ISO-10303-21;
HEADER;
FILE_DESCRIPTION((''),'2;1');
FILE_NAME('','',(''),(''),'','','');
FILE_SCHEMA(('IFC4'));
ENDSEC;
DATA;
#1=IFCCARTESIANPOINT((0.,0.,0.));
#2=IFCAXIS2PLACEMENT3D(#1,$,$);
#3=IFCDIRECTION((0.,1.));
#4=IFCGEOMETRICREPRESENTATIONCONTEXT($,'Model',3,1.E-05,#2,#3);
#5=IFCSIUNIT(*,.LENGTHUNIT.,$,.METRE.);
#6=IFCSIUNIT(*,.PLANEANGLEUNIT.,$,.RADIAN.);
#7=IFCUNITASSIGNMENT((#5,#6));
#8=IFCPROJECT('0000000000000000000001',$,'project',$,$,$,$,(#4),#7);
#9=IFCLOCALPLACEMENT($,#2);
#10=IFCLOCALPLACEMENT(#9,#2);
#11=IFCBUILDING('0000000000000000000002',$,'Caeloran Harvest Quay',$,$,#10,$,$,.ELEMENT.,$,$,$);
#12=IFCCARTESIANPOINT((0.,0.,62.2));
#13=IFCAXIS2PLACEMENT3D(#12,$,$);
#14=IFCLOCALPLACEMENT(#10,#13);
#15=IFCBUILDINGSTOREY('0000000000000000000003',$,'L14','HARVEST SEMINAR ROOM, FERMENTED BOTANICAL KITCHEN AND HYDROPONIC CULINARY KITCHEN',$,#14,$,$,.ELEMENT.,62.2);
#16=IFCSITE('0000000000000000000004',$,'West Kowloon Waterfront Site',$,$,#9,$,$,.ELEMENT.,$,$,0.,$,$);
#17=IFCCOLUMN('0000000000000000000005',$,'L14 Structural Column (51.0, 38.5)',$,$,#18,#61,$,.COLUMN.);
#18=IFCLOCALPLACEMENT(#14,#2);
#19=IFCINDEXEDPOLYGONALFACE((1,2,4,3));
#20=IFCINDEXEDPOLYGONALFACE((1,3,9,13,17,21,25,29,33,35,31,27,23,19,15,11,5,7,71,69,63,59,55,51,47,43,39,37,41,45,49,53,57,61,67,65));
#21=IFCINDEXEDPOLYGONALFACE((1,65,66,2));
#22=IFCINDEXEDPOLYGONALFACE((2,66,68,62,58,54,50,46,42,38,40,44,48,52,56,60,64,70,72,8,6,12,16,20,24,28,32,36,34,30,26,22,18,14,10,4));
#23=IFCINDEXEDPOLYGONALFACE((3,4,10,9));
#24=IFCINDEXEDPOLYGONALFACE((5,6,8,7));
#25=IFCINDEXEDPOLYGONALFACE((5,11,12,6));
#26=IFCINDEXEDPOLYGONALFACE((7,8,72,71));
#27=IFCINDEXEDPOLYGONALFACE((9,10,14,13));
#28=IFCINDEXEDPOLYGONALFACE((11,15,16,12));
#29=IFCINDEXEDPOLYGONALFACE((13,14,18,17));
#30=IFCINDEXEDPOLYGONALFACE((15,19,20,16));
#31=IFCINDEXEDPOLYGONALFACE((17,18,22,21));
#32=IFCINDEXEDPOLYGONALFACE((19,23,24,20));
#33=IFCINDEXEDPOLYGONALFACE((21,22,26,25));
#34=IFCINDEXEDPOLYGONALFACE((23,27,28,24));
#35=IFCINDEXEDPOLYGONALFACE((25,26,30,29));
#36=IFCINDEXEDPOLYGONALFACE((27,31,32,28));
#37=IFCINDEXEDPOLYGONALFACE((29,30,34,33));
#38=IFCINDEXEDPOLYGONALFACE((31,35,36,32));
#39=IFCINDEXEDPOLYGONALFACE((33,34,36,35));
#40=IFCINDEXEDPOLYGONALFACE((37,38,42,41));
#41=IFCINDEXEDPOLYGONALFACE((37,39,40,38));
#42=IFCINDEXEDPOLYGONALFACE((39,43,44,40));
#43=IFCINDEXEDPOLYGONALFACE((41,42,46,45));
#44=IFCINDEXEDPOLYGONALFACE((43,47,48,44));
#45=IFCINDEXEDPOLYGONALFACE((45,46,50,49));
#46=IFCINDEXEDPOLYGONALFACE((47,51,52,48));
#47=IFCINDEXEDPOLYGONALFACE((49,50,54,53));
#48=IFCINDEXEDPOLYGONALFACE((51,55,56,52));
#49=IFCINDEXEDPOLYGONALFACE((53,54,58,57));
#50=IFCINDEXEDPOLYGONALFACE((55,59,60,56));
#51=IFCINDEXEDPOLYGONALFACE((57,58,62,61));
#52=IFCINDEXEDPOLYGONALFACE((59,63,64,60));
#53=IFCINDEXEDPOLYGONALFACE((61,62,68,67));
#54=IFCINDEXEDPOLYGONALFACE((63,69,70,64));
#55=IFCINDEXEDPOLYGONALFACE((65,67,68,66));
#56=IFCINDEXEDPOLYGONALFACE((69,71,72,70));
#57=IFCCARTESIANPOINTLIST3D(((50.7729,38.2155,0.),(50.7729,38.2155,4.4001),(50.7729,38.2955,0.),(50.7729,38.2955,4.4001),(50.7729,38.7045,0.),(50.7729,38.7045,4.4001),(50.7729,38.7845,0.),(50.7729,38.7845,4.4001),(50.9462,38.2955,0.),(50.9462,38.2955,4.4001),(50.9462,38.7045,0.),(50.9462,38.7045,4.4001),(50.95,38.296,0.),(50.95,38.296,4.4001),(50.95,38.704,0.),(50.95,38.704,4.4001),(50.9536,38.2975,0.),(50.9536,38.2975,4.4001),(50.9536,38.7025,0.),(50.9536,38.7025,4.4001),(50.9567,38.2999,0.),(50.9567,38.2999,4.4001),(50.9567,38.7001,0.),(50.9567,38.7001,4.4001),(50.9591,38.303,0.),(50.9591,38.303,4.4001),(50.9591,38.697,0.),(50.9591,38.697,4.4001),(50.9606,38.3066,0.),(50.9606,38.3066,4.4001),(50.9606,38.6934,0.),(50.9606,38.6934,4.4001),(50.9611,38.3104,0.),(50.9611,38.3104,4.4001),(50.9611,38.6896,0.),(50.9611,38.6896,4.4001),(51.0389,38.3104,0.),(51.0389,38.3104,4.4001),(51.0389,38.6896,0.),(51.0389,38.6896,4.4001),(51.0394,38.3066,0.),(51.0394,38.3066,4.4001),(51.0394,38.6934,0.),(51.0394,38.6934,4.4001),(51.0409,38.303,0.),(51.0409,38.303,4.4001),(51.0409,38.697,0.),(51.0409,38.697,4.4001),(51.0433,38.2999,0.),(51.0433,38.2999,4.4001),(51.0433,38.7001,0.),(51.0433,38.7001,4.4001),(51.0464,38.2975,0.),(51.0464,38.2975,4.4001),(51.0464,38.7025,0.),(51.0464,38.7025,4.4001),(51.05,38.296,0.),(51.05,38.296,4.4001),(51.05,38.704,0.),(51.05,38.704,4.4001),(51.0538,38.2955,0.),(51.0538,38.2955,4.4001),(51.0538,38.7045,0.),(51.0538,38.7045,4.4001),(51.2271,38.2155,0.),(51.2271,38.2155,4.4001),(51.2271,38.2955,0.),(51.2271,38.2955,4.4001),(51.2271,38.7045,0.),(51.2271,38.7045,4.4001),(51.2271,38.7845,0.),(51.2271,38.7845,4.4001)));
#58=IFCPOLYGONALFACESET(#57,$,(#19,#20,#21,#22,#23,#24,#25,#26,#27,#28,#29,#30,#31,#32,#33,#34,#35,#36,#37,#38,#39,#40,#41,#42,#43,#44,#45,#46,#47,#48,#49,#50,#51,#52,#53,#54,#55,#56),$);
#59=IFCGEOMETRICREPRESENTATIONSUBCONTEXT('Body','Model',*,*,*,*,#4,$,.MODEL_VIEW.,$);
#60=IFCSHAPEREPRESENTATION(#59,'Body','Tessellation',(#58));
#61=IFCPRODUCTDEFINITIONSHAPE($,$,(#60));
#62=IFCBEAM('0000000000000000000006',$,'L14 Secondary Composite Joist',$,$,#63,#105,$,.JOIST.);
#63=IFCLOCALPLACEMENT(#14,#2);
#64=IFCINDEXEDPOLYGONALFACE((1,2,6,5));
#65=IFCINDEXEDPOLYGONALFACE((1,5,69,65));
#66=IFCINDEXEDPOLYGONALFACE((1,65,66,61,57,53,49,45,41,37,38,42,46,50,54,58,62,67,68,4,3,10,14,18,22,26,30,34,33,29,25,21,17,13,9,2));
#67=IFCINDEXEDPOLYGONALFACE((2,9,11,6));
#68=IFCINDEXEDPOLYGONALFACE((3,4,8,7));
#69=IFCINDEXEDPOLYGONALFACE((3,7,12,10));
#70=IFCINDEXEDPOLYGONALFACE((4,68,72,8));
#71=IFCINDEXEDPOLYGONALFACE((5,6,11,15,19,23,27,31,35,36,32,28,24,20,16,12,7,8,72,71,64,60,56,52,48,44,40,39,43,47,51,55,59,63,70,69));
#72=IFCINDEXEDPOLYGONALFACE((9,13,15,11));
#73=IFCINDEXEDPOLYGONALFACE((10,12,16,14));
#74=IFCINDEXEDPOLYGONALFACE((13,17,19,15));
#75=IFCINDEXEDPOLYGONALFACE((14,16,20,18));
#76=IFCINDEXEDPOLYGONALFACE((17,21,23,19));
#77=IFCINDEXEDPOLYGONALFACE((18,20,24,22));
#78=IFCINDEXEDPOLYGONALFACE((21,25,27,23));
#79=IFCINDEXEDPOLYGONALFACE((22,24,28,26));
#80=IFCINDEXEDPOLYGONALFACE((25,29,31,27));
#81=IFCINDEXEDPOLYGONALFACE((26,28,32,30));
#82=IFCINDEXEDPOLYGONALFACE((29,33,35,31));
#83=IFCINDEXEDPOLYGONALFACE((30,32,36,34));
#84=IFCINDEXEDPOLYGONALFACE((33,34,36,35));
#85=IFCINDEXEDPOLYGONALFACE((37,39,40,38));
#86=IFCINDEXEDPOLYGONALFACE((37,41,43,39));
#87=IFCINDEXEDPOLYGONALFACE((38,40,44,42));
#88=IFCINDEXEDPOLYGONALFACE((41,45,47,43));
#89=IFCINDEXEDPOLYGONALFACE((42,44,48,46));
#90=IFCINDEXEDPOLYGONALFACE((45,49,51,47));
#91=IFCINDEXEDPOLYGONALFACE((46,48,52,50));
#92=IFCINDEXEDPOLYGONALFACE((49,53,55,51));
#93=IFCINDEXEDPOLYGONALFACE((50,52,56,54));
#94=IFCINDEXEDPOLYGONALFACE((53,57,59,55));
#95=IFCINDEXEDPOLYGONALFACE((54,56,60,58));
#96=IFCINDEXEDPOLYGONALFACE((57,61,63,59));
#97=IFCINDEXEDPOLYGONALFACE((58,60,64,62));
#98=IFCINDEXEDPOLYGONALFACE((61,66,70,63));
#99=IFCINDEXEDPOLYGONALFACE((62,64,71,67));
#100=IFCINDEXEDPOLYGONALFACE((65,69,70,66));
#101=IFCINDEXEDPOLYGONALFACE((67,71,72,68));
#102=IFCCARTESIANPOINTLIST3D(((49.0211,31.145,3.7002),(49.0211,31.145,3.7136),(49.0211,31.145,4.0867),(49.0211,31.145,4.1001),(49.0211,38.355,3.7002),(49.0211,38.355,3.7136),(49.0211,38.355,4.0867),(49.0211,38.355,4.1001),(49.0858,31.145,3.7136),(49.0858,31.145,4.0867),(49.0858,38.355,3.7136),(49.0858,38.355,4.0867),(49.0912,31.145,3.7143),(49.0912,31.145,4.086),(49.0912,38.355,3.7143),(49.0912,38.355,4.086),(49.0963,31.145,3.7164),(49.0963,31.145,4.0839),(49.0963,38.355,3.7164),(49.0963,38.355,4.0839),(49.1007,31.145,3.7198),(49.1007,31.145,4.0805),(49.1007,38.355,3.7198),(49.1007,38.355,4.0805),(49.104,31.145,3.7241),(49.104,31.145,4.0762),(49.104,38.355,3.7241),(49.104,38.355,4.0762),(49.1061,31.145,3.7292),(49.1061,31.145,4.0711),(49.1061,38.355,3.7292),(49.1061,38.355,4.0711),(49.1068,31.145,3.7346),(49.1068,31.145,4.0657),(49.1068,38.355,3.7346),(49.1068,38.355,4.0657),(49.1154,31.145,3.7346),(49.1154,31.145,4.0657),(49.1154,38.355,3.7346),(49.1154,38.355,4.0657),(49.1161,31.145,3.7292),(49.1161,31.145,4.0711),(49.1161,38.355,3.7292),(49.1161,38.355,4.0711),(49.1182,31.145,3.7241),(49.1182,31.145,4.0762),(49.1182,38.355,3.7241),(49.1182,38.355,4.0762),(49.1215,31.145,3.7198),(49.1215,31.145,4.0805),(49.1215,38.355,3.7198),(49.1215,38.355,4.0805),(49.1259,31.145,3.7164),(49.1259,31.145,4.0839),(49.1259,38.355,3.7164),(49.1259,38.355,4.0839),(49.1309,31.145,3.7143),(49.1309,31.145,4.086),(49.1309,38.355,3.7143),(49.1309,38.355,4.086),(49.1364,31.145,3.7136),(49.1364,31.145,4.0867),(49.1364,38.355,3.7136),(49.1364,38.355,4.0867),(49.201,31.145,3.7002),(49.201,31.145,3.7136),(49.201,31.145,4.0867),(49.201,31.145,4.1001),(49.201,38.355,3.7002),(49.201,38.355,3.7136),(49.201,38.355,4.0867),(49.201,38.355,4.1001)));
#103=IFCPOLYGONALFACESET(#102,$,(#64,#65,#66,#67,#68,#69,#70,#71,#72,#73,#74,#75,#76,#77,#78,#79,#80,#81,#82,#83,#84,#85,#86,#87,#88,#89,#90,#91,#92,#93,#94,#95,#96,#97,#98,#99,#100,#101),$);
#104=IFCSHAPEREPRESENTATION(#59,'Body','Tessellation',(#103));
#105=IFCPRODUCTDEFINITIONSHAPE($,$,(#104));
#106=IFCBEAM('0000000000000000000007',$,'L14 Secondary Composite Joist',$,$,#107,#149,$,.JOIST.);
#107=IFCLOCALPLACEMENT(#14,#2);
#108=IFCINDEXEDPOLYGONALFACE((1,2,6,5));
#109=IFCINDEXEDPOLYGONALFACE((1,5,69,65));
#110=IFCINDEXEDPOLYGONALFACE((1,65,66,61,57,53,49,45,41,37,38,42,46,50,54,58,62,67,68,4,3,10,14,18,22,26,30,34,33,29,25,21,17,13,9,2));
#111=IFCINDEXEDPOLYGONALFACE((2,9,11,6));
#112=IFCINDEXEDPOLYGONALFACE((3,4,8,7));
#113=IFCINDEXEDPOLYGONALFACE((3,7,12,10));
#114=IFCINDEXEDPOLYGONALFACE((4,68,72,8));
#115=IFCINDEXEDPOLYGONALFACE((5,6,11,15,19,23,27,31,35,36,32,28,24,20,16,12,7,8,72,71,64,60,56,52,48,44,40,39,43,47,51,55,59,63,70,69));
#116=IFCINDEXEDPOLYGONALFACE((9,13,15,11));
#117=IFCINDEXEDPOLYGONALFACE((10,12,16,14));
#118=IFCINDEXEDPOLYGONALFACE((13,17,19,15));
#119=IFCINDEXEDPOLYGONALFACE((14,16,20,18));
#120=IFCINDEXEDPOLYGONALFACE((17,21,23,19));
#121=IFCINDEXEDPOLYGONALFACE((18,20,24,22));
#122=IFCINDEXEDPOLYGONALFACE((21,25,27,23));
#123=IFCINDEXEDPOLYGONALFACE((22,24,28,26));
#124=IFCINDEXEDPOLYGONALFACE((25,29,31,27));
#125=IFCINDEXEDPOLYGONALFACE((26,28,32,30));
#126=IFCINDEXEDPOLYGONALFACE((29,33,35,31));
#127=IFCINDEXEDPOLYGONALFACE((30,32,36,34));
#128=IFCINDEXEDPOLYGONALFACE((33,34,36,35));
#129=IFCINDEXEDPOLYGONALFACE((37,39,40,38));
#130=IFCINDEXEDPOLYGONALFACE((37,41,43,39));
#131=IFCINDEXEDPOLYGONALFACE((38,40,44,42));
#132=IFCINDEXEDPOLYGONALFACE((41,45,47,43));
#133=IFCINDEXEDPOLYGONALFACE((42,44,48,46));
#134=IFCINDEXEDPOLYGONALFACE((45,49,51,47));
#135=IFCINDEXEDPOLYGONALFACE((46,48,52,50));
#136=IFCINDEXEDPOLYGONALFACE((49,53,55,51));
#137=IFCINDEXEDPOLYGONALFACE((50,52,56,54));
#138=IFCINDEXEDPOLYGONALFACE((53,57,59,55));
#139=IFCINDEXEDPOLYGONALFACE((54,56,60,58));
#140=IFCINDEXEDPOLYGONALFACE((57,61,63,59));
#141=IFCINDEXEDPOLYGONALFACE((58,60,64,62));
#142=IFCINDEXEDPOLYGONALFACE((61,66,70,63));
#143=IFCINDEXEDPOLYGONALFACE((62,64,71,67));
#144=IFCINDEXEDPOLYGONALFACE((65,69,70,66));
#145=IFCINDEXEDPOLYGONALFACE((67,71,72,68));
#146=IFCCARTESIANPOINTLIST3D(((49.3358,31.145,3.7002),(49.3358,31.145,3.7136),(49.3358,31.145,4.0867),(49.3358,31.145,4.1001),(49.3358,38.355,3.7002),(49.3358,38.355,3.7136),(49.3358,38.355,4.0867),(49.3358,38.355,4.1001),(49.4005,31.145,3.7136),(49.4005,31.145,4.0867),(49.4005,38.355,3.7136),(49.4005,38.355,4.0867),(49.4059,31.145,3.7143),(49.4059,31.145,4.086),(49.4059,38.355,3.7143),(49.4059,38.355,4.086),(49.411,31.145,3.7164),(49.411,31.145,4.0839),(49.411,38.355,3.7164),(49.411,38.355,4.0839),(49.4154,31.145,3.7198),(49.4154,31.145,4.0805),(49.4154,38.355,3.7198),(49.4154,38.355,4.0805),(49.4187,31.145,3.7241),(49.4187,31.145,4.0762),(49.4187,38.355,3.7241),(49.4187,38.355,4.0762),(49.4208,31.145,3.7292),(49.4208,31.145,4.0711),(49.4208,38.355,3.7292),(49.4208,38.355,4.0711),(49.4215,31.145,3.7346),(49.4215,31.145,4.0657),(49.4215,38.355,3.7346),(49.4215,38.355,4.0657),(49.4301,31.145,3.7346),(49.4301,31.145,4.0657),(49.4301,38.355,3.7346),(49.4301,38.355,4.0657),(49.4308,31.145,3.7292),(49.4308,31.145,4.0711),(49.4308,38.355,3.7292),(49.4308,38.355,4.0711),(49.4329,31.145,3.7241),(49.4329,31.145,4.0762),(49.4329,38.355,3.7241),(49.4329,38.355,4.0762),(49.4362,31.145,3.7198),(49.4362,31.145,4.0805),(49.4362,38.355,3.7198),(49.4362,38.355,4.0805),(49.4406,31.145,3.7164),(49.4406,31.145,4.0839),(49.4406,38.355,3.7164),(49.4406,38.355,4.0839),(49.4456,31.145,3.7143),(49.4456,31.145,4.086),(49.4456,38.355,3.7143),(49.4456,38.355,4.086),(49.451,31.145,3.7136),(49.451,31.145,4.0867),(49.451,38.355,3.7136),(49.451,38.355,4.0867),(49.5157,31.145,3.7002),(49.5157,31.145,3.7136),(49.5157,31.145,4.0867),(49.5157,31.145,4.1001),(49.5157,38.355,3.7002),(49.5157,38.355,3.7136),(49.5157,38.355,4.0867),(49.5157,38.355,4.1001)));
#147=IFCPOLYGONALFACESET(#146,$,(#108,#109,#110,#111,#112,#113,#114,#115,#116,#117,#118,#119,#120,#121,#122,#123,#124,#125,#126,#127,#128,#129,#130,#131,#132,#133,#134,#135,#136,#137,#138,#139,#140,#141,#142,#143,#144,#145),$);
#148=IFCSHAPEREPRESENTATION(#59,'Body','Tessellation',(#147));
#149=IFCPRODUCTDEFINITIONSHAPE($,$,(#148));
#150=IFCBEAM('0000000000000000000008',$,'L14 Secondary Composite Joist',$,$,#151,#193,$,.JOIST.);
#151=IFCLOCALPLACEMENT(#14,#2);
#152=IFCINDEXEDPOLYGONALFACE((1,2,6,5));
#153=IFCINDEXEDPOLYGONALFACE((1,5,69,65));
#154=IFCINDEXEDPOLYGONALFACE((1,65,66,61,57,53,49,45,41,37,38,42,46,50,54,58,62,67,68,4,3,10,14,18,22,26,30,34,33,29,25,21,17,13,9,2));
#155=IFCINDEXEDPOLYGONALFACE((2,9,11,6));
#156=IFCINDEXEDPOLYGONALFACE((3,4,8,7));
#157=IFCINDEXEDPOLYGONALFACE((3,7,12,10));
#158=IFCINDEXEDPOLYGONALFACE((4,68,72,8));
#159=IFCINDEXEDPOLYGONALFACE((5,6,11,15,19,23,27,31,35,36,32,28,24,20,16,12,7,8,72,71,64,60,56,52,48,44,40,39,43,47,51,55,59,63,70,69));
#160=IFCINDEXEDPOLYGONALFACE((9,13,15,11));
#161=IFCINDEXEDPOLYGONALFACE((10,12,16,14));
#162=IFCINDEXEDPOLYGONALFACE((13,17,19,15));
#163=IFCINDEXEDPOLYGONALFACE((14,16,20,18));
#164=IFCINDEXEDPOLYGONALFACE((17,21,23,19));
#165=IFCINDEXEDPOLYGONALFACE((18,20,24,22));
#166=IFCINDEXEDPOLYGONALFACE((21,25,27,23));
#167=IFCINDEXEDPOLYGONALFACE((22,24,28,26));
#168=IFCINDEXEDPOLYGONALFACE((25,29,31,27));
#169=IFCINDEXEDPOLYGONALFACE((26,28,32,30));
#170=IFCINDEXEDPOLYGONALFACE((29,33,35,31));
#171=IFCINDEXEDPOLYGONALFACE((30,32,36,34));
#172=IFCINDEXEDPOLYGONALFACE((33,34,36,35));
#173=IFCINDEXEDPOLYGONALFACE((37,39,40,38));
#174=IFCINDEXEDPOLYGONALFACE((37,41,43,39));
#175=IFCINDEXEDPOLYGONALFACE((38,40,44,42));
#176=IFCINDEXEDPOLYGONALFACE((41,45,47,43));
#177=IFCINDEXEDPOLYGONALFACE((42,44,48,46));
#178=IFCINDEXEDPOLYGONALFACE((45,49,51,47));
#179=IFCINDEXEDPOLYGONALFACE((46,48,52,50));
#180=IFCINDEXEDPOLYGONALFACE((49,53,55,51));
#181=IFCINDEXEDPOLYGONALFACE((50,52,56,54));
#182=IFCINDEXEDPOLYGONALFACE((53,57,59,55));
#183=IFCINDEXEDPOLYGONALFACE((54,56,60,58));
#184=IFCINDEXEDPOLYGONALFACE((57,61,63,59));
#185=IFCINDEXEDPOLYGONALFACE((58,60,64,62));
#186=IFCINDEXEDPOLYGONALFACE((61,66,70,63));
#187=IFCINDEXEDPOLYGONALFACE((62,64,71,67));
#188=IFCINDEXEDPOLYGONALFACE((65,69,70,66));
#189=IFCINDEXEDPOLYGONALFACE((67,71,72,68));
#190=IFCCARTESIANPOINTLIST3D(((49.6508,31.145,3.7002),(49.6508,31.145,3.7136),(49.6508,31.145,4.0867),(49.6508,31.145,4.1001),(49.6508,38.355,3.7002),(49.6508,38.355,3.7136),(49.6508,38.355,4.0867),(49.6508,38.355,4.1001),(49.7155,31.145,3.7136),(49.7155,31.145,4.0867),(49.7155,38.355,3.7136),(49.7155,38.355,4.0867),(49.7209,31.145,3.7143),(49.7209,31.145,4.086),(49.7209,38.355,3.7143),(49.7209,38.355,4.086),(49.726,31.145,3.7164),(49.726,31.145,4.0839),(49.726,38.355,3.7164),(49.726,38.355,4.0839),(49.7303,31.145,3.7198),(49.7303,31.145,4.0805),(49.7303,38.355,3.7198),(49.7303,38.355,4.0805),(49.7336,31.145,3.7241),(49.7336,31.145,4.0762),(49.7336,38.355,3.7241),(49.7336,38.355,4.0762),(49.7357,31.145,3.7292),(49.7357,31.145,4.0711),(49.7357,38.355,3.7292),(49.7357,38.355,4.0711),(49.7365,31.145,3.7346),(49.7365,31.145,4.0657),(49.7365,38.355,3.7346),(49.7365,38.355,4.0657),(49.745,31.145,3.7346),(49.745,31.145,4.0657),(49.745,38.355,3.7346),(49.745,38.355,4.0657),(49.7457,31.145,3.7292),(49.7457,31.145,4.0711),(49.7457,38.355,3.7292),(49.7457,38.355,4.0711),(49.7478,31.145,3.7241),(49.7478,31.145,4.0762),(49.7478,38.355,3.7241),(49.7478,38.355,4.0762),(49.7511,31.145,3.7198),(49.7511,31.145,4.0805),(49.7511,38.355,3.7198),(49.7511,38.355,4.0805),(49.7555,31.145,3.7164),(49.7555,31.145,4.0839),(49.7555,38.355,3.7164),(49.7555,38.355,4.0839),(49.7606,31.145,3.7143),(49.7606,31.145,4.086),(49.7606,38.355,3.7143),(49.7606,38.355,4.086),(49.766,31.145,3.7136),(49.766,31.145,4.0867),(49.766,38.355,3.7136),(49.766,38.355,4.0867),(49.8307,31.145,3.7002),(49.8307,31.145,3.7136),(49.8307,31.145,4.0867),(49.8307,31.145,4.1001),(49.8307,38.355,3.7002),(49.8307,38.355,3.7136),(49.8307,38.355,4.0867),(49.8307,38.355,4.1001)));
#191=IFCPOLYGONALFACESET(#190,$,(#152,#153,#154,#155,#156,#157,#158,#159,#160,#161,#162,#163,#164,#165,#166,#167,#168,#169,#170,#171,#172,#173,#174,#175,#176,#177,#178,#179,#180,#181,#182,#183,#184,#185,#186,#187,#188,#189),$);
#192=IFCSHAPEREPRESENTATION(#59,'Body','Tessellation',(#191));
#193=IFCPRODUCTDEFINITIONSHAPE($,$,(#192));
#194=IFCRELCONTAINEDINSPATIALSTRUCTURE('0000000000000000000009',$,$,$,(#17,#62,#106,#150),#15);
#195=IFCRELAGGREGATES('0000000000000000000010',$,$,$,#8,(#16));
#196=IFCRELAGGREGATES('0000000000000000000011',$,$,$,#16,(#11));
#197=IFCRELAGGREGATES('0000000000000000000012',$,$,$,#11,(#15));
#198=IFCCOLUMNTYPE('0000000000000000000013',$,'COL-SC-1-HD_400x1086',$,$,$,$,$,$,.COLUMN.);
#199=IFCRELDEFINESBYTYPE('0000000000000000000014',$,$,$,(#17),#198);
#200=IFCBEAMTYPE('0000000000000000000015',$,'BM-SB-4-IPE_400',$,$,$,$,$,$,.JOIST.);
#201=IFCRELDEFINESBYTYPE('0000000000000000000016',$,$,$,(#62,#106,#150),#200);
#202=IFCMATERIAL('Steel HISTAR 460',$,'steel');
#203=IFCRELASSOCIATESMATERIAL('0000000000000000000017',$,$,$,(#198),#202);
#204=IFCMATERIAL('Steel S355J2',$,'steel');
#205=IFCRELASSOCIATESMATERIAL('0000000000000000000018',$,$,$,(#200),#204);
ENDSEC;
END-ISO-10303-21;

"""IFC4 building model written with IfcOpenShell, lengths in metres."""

from ifc_helpers import new_model, si_unit, direction, frame, origin, origin_2d, place, context, subcontext, project, spatial, i_section, extrude, material, material_profile, profile_set, type_object, element, save


model = new_model("IFC4")

# Units and contexts
model_context = context("Model", 3, precision=1e-05, world=origin(), true_north=direction((0.0, 1.0)))
body_context = subcontext(model_context, "Body", "Model", "MODEL_VIEW")
ifc_project = project(units=[si_unit("LENGTHUNIT", "METRE"), si_unit("PLANEANGLEUNIT", "RADIAN")], contexts=[model_context])

# Site, building, storey
site_placement = place(None, origin())
site = spatial("IfcSite", under=ifc_project, at=site_placement, Name="West Kowloon Waterfront Site", CompositionType="ELEMENT", RefElevation=0.0)
building_placement = place(site_placement, origin())
building = spatial("IfcBuilding", under=site, at=building_placement, Name="Caeloran Harvest Quay", CompositionType="ELEMENT")
storey_placement = place(building_placement, frame((0.0, 0.0, 62.2)))
storey = spatial("IfcBuildingStorey", under=building, at=storey_placement, Name="L14", Description="HARVEST SEMINAR ROOM, FERMENTED BOTANICAL KITCHEN AND HYDROPONIC CULINARY KITCHEN", CompositionType="ELEMENT", Elevation=62.2)

# Column
ifc_material_1 = material(Name="Steel HISTAR 460", Category="steel")
ifc_material_profile_1 = material_profile(ifc_material_1, i_section(OverallWidth=0.4541, OverallDepth=0.5691, WebThickness=0.0779, FlangeThickness=0.0801, FilletRadius=0.0149, at=origin_2d()), Name="HD 400x1086")
ifc_profile_set_1 = profile_set([ifc_material_profile_1], Name="Steel HISTAR 460")
column_type = type_object("IfcColumnType", Name="COL-SC-1-HD_400x1086", PredefinedType="COLUMN", material=ifc_profile_set_1)
column_placement = place(storey_placement, frame((51.0, 38.5, 0.0), z_axis=(0.0, 0.0, 1.0), x_axis=(1.0, 0.0, 0.0)))
element("IfcColumn", 1, at=column_placement, inside=storey, type_object=column_type, Name="L14 Structural Column (51.0, 38.5)", PredefinedType="COLUMN", context=body_context, shape_type="SweptSolid", body=[
    extrude(i_section(OverallWidth=0.4541, OverallDepth=0.5691, WebThickness=0.0779, FlangeThickness=0.0801, FilletRadius=0.0149, at=origin_2d()), origin(), (0.0, 0.0, 1.0), 4.4001),
])

# Beams
ifc_material_2 = material(Name="Steel S355J2", Category="steel")
ifc_material_profile_2 = material_profile(ifc_material_2, i_section(OverallWidth=0.1799, OverallDepth=0.3999, WebThickness=0.0085, FlangeThickness=0.0134, FilletRadius=0.021, at=origin_2d()), Name="IPE 400")
ifc_profile_set_2 = profile_set([ifc_material_profile_2], Name="Steel S355J2")
beam_type_1 = type_object("IfcBeamType", Name="BM-SB-4-IPE_400", PredefinedType="JOIST", material=ifc_profile_set_2)
for number, where, z_axis, x_axis, name in (
    (2, (49.1111, 31.145, 3.9001), (0.0, 1.0, 0.0), (-1.0, 0.0, 0.0), "L14 Secondary Composite Joist"),
    (3, (49.4258, 31.145, 3.9001), (0.0, 1.0, 0.0), (-1.0, 0.0, 0.0), "L14 Secondary Composite Joist"),
    (4, (49.7407, 31.145, 3.9001), (0.0, 1.0, 0.0), (-1.0, 0.0, 0.0), "L14 Secondary Composite Joist"),
):
    element("IfcBeam", number, at=place(storey_placement, frame(where, z_axis=z_axis, x_axis=x_axis)), inside=storey, type_object=beam_type_1, Name=name, PredefinedType="JOIST", context=body_context, shape_type="SweptSolid", body=[
        extrude(i_section(OverallWidth=0.1799, OverallDepth=0.3999, WebThickness=0.0085, FlangeThickness=0.0134, FilletRadius=0.021, at=origin_2d()), origin(), (0.0, 0.0, 1.0), 7.21),
    ])

save(model, "model.ifc")
